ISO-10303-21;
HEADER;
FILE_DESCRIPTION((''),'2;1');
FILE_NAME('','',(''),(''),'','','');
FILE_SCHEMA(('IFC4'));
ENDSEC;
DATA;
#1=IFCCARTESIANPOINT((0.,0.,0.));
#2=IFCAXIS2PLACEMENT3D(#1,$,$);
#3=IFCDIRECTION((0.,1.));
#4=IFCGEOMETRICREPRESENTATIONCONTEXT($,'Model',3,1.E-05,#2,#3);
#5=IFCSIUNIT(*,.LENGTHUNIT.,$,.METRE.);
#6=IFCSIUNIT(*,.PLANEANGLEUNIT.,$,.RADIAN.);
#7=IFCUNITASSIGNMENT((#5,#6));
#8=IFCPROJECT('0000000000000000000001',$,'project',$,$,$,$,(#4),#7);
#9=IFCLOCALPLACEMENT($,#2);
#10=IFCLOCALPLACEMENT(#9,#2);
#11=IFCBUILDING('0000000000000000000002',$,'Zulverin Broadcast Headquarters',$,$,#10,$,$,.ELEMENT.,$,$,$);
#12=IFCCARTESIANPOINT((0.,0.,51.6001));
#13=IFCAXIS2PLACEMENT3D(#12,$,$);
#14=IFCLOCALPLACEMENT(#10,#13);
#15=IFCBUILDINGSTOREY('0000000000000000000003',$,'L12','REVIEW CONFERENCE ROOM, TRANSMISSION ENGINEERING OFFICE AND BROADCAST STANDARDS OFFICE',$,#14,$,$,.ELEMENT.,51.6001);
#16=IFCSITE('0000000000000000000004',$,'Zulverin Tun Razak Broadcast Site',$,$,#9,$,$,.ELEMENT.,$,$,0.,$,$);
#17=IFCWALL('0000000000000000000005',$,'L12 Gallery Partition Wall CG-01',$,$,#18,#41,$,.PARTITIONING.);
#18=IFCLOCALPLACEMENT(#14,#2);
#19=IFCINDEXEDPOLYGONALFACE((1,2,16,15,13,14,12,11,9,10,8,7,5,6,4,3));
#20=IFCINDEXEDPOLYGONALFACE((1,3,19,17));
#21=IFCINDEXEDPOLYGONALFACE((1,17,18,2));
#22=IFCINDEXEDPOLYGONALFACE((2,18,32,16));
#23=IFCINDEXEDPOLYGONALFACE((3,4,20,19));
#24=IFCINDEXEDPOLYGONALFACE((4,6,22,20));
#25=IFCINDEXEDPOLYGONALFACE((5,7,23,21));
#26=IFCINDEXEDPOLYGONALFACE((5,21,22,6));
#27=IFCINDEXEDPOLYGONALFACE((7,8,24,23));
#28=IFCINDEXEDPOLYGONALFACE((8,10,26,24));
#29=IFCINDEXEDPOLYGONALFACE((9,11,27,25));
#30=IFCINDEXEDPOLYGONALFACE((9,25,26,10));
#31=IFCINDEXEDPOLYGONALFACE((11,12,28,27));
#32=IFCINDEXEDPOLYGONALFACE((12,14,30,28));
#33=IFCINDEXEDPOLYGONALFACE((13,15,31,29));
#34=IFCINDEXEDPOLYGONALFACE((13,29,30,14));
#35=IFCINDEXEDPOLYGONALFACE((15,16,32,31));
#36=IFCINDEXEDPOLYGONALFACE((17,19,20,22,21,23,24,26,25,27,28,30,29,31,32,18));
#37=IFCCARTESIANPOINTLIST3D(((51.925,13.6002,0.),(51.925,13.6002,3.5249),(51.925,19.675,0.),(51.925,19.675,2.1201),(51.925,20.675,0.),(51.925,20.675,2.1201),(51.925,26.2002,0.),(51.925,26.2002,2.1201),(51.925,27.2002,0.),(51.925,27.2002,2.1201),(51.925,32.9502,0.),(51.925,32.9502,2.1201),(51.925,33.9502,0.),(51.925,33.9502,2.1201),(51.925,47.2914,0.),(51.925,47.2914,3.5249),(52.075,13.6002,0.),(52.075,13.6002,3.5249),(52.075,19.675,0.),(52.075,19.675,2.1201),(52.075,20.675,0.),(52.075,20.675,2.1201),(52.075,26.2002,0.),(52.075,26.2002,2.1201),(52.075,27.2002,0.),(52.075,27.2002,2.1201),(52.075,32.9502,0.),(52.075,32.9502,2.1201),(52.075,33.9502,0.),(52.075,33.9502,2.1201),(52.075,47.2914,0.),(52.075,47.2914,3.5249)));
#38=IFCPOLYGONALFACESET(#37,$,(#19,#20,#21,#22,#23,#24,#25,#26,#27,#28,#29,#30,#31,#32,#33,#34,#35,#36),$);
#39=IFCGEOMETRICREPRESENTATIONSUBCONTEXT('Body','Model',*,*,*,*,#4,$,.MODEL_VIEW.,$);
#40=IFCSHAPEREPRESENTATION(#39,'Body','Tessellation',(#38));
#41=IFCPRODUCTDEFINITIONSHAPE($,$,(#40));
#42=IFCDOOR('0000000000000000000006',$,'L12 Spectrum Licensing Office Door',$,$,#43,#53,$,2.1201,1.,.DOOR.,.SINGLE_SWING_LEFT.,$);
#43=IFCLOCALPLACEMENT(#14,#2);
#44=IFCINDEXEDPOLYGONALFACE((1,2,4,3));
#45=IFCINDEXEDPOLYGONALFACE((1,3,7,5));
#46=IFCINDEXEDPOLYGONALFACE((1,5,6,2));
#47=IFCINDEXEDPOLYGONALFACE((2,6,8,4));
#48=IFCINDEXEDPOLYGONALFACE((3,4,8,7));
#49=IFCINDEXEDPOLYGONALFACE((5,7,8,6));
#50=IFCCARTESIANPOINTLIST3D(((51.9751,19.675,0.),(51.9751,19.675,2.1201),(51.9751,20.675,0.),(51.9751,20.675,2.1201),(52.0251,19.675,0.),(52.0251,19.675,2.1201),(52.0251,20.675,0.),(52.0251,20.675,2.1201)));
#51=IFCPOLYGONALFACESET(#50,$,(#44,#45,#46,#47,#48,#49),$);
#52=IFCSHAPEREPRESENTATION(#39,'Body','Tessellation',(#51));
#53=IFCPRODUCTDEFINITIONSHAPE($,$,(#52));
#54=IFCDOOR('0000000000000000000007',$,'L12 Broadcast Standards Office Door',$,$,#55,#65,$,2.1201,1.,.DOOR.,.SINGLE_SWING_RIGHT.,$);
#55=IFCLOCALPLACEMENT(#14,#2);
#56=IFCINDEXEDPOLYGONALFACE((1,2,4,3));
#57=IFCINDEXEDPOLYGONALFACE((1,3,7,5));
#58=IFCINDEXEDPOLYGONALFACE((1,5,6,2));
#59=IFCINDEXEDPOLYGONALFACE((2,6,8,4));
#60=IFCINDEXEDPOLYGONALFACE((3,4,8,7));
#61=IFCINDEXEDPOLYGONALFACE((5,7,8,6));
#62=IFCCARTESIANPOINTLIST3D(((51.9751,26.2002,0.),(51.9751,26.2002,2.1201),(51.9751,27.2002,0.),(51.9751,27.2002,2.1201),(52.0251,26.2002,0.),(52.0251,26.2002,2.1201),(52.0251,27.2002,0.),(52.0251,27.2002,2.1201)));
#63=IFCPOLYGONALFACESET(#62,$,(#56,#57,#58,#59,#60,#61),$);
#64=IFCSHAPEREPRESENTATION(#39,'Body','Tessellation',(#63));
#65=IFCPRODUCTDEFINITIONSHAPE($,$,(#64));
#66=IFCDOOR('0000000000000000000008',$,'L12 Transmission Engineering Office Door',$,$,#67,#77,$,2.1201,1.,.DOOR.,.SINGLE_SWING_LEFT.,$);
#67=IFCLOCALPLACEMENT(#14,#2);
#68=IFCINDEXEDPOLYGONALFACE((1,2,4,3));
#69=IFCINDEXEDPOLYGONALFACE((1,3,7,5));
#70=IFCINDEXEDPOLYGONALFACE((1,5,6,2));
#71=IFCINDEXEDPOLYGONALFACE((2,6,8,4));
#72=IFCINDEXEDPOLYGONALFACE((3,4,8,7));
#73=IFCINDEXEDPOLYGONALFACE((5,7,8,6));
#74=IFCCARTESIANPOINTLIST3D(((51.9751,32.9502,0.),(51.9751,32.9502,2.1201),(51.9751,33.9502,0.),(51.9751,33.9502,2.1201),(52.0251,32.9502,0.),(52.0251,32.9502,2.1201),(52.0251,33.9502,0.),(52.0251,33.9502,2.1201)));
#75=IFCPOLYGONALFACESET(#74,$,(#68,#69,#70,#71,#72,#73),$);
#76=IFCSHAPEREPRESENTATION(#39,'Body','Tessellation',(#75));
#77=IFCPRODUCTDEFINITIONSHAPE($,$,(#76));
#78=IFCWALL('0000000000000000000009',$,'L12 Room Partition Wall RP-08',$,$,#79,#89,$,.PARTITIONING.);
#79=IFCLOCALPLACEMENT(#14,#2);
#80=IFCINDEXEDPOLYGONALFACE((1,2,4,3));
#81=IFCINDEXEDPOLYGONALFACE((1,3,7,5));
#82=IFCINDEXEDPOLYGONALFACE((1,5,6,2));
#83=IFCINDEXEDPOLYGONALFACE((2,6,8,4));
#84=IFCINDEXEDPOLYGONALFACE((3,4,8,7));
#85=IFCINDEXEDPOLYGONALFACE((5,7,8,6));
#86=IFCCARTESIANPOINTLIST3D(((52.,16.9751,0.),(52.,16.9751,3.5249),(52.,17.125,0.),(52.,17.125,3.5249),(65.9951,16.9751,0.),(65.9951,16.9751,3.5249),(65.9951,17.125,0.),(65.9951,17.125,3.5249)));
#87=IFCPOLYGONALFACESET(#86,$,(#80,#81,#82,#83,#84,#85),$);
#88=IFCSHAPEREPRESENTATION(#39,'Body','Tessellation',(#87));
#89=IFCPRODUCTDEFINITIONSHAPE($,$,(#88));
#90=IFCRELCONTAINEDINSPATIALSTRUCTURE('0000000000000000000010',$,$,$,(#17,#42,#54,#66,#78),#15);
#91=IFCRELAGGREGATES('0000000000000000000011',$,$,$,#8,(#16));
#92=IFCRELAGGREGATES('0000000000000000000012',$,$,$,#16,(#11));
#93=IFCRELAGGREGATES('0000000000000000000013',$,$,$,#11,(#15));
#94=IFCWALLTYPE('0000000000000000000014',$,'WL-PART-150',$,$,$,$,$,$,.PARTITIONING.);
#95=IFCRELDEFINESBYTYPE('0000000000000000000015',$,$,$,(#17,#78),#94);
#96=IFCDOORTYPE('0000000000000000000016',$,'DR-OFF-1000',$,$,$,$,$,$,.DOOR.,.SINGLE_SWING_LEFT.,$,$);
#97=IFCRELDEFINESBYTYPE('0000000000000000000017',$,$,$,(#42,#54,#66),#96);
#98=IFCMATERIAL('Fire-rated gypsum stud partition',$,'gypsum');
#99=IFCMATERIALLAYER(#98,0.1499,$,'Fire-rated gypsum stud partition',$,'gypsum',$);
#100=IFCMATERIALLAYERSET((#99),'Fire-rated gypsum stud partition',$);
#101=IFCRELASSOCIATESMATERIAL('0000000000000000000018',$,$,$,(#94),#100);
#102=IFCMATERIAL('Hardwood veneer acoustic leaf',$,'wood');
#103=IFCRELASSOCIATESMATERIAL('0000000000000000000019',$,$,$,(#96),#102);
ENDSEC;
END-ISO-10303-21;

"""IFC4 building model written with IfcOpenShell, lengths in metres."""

from ifc_helpers import new_model, si_unit, direction, frame, frame_2d, origin, place, context, subcontext, project, spatial, rectangle, extrude, material, layer, layer_set, type_object, element, fill, save


model = new_model("IFC4")

# Units and contexts
model_context = context("Model", 3, precision=1e-05, world=origin(), true_north=direction((0.0, 1.0)))
body_context = subcontext(model_context, "Body", "Model", "MODEL_VIEW")
ifc_project = project(units=[si_unit("LENGTHUNIT", "METRE"), si_unit("PLANEANGLEUNIT", "RADIAN")], contexts=[model_context])

# Site, building, storey
site_placement = place(None, origin())
site = spatial("IfcSite", under=ifc_project, at=site_placement, Name="Zulverin Tun Razak Broadcast Site", CompositionType="ELEMENT", RefElevation=0.0)
building_placement = place(site_placement, origin())
building = spatial("IfcBuilding", under=site, at=building_placement, Name="Zulverin Broadcast Headquarters", CompositionType="ELEMENT")
storey_placement = place(building_placement, frame((0.0, 0.0, 51.6001)))
storey = spatial("IfcBuildingStorey", under=building, at=storey_placement, Name="L12", Description="REVIEW CONFERENCE ROOM, TRANSMISSION ENGINEERING OFFICE AND BROADCAST STANDARDS OFFICE", CompositionType="ELEMENT", Elevation=51.6001)

# Wall, openings, doors
ifc_material_1 = material(Name="Fire-rated gypsum stud partition", Category="gypsum")
ifc_layer_1 = layer(ifc_material_1, 0.1499, Name="Fire-rated gypsum stud partition", Category="gypsum")
ifc_layer_set_1 = layer_set([ifc_layer_1], Name="Fire-rated gypsum stud partition")
wall_type_1 = type_object("IfcWallType", Name="WL-PART-150", PredefinedType="PARTITIONING", material=ifc_layer_set_1)
wall_1_placement = place(storey_placement, frame((52.0, 13.6001, 0.0), z_axis=(0.0, 0.0, 1.0), x_axis=(0.0, 1.0, 0.0)))
wall_1 = element("IfcWall", 1, at=wall_1_placement, inside=storey, type_object=wall_type_1, Name="L12 Gallery Partition Wall CG-01", PredefinedType="PARTITIONING", context=body_context, shape_type="SweptSolid", body=[
    extrude(rectangle(XDim=33.6912, YDim=0.1499, at=frame_2d((16.8457, 0.0))), origin(), (0.0, 0.0, 1.0), 3.5249),
])
opening_1_placement = place(wall_1_placement, frame((6.075, 0.0, 0.0)))
opening_1 = element("IfcOpeningElement", 2, at=opening_1_placement, cuts=wall_1, PredefinedType="OPENING", context=body_context, shape_type="SweptSolid", body=[
    extrude(rectangle(XDim=1.0, YDim=2.1201, at=frame_2d((0.5, 1.0601))), frame((0.0, 0.085, 0.0), z_axis=(0.0, -1.0, 0.0), x_axis=(1.0, 0.0, 0.0)), (0.0, 0.0, 1.0), 0.1699),
])
opening_2_placement = place(wall_1_placement, frame((12.6001, 0.0, 0.0)))
opening_2 = element("IfcOpeningElement", 3, at=opening_2_placement, cuts=wall_1, PredefinedType="OPENING", context=body_context, shape_type="SweptSolid", body=[
    extrude(rectangle(XDim=1.0, YDim=2.1201, at=frame_2d((0.5, 1.0601))), frame((0.0, 0.085, 0.0), z_axis=(0.0, -1.0, 0.0), x_axis=(1.0, 0.0, 0.0)), (0.0, 0.0, 1.0), 0.1699),
])
opening_3_placement = place(wall_1_placement, frame((19.3501, 0.0, 0.0)))
opening_3 = element("IfcOpeningElement", 4, at=opening_3_placement, cuts=wall_1, PredefinedType="OPENING", context=body_context, shape_type="SweptSolid", body=[
    extrude(rectangle(XDim=1.0, YDim=2.1201, at=frame_2d((0.5, 1.0601))), frame((0.0, 0.085, 0.0), z_axis=(0.0, -1.0, 0.0), x_axis=(1.0, 0.0, 0.0)), (0.0, 0.0, 1.0), 0.1699),
])
ifc_material_2 = material(Name="Hardwood veneer acoustic leaf", Category="wood")
door_type_1 = type_object("IfcDoorType", Name="DR-OFF-1000", OperationType="SINGLE_SWING_LEFT", PredefinedType="DOOR", material=ifc_material_2)
door_1_placement = place(opening_1_placement, origin())
door_1 = element("IfcDoor", 5, at=door_1_placement, inside=storey, type_object=door_type_1, Name="L12 Spectrum Licensing Office Door", OperationType="SINGLE_SWING_LEFT", OverallHeight=2.1201, OverallWidth=1.0, PredefinedType="DOOR", context=body_context, shape_type="SweptSolid", body=[
    extrude(rectangle(XDim=1.0, YDim=2.1201, at=frame_2d((0.5, 1.0601))), frame((0.0, 0.0249, 0.0), z_axis=(0.0, -1.0, 0.0), x_axis=(1.0, 0.0, 0.0)), (0.0, 0.0, 1.0), 0.05),
])
fill(opening_1, door_1)
door_2_placement = place(opening_2_placement, origin())
door_2 = element("IfcDoor", 6, at=door_2_placement, inside=storey, type_object=door_type_1, Name="L12 Broadcast Standards Office Door", OperationType="SINGLE_SWING_RIGHT", OverallHeight=2.1201, OverallWidth=1.0, PredefinedType="DOOR", context=body_context, shape_type="SweptSolid", body=[
    extrude(rectangle(XDim=1.0, YDim=2.1201, at=frame_2d((0.5, 1.0601))), frame((0.0, 0.0249, 0.0), z_axis=(0.0, -1.0, 0.0), x_axis=(1.0, 0.0, 0.0)), (0.0, 0.0, 1.0), 0.05),
])
fill(opening_2, door_2)
door_3_placement = place(opening_3_placement, origin())
door_3 = element("IfcDoor", 7, at=door_3_placement, inside=storey, type_object=door_type_1, Name="L12 Transmission Engineering Office Door", OperationType="SINGLE_SWING_LEFT", OverallHeight=2.1201, OverallWidth=1.0, PredefinedType="DOOR", context=body_context, shape_type="SweptSolid", body=[
    extrude(rectangle(XDim=1.0, YDim=2.1201, at=frame_2d((0.5, 1.0601))), frame((0.0, 0.0249, 0.0), z_axis=(0.0, -1.0, 0.0), x_axis=(1.0, 0.0, 0.0)), (0.0, 0.0, 1.0), 0.05),
])
fill(opening_3, door_3)

# Wall
wall_2_placement = place(storey_placement, frame((52.0, 17.05, 0.0), z_axis=(0.0, 0.0, 1.0), x_axis=(1.0, 0.0, 0.0)))
element("IfcWall", 8, at=wall_2_placement, inside=storey, type_object=wall_type_1, Name="L12 Room Partition Wall RP-08", PredefinedType="PARTITIONING", context=body_context, shape_type="SweptSolid", body=[
    extrude(rectangle(XDim=13.9951, YDim=0.1499, at=frame_2d((6.9976, 0.0))), origin(), (0.0, 0.0, 1.0), 3.5249),
])

save(model, "model.ifc")
